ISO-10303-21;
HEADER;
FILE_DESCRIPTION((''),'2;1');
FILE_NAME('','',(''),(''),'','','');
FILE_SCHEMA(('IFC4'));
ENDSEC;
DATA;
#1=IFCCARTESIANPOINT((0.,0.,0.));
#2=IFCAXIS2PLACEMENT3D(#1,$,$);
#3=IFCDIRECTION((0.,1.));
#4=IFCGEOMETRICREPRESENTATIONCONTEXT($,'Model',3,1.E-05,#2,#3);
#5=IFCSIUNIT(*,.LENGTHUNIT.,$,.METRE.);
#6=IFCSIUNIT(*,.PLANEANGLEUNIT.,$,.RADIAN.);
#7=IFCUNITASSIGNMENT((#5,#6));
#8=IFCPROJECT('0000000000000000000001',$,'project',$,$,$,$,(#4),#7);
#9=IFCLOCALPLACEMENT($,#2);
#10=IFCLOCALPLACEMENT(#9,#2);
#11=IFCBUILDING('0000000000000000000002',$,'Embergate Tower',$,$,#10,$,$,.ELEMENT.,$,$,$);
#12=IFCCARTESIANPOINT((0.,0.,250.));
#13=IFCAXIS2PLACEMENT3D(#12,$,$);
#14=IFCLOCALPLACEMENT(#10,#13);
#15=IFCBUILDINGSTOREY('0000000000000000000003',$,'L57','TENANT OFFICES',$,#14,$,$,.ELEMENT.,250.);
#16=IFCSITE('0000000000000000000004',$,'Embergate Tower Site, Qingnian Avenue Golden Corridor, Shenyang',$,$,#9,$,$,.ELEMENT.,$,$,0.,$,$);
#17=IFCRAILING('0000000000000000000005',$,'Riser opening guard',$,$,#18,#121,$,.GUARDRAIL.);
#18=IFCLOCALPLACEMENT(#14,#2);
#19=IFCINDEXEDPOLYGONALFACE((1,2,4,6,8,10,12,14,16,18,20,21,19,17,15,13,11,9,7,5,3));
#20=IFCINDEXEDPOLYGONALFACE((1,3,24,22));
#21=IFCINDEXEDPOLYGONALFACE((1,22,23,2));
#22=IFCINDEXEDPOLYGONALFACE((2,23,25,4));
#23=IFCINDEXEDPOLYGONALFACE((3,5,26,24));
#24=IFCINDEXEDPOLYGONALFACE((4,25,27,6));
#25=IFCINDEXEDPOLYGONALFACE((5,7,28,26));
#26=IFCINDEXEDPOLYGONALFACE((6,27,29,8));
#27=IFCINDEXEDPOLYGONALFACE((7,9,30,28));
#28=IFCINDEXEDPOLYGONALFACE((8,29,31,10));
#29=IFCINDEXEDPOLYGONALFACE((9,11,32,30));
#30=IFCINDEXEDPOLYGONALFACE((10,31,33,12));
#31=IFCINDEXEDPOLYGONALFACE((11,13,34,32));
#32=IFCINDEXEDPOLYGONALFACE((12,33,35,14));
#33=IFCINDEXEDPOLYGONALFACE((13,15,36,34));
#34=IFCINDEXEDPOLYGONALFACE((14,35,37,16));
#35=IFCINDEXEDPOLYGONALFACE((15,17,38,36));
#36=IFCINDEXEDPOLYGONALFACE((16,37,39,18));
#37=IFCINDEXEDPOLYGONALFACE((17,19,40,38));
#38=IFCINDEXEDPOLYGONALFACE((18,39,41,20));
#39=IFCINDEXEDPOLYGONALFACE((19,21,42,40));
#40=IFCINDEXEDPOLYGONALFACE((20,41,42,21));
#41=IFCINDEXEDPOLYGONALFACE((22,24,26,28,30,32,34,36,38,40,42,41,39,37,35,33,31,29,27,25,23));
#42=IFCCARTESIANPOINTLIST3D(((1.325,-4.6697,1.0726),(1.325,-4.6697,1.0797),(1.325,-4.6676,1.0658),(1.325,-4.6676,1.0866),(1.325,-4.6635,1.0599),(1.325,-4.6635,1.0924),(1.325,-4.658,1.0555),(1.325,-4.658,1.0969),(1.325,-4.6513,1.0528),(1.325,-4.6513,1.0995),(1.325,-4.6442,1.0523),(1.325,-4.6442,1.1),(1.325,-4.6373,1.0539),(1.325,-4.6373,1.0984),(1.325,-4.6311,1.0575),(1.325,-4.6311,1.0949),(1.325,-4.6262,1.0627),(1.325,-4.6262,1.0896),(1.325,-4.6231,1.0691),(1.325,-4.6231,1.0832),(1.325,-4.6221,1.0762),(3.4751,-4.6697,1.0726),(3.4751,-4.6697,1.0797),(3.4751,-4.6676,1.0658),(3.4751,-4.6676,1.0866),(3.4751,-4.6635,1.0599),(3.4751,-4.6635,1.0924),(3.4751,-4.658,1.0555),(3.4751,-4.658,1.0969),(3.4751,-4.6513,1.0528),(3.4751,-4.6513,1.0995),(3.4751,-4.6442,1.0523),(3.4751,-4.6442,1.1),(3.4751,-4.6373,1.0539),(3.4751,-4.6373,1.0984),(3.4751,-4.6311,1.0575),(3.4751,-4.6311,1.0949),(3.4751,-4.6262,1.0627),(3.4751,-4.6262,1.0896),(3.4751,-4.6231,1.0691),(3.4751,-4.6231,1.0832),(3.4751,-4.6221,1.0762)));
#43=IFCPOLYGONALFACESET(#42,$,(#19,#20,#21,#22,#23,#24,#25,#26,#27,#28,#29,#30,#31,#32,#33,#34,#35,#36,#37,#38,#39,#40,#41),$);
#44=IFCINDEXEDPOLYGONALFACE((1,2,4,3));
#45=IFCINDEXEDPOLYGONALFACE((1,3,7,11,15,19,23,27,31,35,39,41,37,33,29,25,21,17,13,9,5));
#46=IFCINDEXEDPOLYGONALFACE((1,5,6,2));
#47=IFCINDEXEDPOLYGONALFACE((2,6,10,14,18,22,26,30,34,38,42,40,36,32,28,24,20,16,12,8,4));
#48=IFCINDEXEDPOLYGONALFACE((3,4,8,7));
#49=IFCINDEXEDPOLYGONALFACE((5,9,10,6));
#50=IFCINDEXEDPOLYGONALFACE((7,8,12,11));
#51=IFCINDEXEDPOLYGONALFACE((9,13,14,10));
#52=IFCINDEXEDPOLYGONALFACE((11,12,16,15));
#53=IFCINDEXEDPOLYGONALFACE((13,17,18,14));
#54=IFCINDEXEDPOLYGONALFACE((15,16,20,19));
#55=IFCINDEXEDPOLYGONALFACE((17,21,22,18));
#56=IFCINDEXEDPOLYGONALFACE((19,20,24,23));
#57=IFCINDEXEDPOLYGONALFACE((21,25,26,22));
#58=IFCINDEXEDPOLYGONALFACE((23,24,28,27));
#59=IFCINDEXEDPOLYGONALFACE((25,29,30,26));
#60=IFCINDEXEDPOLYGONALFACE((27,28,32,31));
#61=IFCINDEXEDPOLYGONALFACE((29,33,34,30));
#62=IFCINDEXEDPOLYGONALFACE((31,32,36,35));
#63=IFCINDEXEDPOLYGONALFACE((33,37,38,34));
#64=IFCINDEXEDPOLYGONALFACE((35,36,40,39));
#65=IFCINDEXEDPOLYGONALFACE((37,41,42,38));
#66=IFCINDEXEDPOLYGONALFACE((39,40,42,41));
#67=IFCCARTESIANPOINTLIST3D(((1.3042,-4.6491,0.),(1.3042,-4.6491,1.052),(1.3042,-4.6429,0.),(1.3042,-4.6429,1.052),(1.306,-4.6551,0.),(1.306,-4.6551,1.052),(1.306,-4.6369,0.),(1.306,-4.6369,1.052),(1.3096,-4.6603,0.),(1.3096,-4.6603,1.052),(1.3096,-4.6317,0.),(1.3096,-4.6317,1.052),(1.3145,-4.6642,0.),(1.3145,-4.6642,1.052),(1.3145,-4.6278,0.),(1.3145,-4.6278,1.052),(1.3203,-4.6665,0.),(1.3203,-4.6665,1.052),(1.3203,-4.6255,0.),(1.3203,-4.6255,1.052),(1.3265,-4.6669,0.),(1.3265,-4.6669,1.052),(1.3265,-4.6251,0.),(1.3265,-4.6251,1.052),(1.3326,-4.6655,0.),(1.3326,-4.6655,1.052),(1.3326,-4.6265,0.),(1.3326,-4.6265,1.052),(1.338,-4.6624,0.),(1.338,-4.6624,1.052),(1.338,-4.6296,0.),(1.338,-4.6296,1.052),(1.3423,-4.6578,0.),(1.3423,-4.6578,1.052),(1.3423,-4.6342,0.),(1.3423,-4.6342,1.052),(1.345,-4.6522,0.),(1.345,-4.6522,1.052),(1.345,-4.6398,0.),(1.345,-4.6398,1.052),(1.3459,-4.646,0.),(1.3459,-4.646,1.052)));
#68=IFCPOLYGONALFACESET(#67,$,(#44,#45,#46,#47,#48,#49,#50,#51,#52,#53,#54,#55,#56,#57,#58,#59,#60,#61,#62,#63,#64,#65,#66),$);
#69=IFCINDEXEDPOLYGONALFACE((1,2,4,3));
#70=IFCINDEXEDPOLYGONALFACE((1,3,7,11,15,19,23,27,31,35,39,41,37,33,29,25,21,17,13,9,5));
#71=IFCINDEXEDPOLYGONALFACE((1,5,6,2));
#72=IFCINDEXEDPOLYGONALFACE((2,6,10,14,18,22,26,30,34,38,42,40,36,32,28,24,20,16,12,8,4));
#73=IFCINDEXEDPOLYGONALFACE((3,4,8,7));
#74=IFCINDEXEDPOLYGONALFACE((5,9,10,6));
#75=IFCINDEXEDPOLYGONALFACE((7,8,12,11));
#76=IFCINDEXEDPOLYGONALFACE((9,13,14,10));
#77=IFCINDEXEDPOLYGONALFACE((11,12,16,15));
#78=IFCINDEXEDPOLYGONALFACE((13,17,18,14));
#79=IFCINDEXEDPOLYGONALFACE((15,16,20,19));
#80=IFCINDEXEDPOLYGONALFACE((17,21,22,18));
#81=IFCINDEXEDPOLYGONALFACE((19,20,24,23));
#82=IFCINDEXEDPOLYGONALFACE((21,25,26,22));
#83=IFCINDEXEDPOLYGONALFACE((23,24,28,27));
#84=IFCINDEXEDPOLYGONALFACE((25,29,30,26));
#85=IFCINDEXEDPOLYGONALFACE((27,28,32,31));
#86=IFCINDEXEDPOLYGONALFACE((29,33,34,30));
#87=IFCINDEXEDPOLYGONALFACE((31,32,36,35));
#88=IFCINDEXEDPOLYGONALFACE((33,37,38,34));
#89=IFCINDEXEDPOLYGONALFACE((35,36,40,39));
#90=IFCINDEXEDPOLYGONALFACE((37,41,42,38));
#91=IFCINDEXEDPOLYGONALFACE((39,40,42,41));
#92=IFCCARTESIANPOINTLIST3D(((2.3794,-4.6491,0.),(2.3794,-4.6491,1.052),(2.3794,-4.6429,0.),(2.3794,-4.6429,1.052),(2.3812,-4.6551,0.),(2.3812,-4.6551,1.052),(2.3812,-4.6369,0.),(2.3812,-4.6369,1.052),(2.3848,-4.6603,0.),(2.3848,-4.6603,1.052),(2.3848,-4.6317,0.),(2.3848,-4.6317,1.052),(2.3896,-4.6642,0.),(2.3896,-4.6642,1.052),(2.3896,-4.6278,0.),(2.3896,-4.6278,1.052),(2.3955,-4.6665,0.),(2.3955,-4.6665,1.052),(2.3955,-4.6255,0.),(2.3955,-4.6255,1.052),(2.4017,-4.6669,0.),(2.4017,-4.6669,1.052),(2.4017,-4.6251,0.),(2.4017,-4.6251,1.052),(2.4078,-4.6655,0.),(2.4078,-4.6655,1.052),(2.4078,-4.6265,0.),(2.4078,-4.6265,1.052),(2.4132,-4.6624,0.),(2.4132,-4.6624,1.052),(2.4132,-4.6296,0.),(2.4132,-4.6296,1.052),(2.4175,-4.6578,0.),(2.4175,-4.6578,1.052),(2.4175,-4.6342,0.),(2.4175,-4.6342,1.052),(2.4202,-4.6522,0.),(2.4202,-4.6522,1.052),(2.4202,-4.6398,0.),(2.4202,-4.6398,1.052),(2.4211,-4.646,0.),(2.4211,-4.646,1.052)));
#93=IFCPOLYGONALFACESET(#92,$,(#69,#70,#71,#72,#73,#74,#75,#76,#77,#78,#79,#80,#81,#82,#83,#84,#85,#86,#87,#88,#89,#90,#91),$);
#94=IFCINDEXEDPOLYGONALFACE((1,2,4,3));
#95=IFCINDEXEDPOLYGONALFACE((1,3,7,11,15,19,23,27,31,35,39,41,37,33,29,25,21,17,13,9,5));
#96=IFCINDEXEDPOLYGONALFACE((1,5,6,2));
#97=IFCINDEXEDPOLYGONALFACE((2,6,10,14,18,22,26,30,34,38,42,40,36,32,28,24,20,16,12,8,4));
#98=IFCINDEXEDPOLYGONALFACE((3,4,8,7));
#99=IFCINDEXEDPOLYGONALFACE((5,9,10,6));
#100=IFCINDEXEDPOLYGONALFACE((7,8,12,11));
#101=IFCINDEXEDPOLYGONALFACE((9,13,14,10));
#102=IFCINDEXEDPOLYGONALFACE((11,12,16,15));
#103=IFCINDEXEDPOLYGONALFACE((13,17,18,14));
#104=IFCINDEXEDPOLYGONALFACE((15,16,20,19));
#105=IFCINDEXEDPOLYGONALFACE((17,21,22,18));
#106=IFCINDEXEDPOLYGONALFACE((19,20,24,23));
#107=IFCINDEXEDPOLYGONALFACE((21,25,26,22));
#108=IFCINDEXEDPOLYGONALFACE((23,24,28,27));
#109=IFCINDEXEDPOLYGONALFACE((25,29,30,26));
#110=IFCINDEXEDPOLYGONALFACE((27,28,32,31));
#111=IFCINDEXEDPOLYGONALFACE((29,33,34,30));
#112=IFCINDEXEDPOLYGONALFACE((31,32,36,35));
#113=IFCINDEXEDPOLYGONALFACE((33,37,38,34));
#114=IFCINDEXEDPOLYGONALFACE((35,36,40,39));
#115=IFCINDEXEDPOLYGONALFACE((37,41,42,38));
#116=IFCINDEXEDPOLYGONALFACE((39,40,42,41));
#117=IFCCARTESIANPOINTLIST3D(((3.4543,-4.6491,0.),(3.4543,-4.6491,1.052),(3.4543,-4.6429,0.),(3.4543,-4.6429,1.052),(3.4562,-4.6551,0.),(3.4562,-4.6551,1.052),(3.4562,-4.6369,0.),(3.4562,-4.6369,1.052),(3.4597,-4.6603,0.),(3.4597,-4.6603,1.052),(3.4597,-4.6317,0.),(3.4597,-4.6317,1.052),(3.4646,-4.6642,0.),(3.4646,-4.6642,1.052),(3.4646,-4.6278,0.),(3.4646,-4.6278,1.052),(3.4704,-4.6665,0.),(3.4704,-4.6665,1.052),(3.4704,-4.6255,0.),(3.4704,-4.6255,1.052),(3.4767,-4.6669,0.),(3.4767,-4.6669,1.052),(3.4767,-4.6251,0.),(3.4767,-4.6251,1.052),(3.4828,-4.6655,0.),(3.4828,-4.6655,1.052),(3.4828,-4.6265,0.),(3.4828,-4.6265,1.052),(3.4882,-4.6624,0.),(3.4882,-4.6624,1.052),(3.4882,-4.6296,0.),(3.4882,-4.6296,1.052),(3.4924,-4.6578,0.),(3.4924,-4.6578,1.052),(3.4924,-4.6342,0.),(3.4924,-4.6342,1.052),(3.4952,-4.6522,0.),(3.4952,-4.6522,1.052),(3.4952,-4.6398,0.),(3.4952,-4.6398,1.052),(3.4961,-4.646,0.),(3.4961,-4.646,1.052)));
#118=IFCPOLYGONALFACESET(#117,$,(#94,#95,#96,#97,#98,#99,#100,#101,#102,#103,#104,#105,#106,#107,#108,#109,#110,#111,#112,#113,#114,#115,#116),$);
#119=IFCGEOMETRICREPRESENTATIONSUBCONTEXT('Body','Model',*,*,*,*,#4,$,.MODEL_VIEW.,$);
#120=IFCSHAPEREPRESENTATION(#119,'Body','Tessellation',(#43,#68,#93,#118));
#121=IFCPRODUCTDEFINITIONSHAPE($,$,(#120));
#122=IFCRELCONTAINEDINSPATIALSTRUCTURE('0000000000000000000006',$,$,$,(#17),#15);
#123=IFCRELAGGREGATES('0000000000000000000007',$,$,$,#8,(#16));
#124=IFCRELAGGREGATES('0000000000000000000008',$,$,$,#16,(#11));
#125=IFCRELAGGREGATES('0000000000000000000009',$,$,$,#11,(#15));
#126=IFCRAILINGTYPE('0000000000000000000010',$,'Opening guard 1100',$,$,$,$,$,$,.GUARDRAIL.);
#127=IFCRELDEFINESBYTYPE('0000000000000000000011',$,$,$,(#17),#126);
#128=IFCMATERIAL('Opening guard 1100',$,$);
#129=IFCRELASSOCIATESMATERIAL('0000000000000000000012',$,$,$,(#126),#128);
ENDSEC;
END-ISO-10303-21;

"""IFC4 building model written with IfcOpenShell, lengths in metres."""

from ifc_helpers import new_model, si_unit, direction, frame, origin, origin_2d, place, context, subcontext, project, spatial, circle, extrude, source, transform, mapped, material, type_object, element, save


model = new_model("IFC4")

# Units and contexts
model_context = context("Model", 3, precision=1e-05, world=origin(), true_north=direction((0.0, 1.0)))
body_context = subcontext(model_context, "Body", "Model", "MODEL_VIEW")
ifc_project = project(units=[si_unit("LENGTHUNIT", "METRE"), si_unit("PLANEANGLEUNIT", "RADIAN")], contexts=[model_context])

# Site, building, storey
site_placement = place(None, origin())
site = spatial("IfcSite", under=ifc_project, at=site_placement, Name="Embergate Tower Site, Qingnian Avenue Golden Corridor, Shenyang", CompositionType="ELEMENT", RefElevation=0.0)
building_placement = place(site_placement, origin())
building = spatial("IfcBuilding", under=site, at=building_placement, Name="Embergate Tower", CompositionType="ELEMENT")
storey_placement = place(building_placement, frame((0.0, 0.0, 250.0)))
storey = spatial("IfcBuildingStorey", under=building, at=storey_placement, Name="L57", Description="TENANT OFFICES", CompositionType="ELEMENT", Elevation=250.0)

# Railing
ifc_material_1 = material(Name="Opening guard 1100")
railing_type_1 = type_object("IfcRailingType", Name="Opening guard 1100", PredefinedType="GUARDRAIL", material=ifc_material_1)
shared_shape_1 = source(origin(), body_context, "Body", "SweptSolid", [
    extrude(circle(Radius=0.0239, at=origin_2d()), frame((0.0, 0.0, 1.0762), z_axis=(1.0, 0.0, 0.0), x_axis=(0.0, 1.0, 0.0)), (0.0, 0.0, 1.0), 2.1501),
    extrude(circle(Radius=0.021, at=origin_2d()), origin(), (0.0, 0.0, 1.0), 1.052),
    extrude(circle(Radius=0.021, at=origin_2d()), frame((1.0752, 0.0, 0.0)), (0.0, 0.0, 1.0), 1.052),
    extrude(circle(Radius=0.021, at=origin_2d()), frame((2.1501, 0.0, 0.0)), (0.0, 0.0, 1.0), 1.052),
])
railing_1_placement = place(storey_placement, frame((1.325, -4.646, 0.0)))
element("IfcRailing", 1, at=railing_1_placement, inside=storey, type_object=railing_type_1, Name="Riser opening guard", PredefinedType="GUARDRAIL", context=body_context, shape_type="MappedRepresentation", body=[
    mapped(shared_shape_1, transform((0.0, 0.0, 0.0))),
])

save(model, "model.ifc")
